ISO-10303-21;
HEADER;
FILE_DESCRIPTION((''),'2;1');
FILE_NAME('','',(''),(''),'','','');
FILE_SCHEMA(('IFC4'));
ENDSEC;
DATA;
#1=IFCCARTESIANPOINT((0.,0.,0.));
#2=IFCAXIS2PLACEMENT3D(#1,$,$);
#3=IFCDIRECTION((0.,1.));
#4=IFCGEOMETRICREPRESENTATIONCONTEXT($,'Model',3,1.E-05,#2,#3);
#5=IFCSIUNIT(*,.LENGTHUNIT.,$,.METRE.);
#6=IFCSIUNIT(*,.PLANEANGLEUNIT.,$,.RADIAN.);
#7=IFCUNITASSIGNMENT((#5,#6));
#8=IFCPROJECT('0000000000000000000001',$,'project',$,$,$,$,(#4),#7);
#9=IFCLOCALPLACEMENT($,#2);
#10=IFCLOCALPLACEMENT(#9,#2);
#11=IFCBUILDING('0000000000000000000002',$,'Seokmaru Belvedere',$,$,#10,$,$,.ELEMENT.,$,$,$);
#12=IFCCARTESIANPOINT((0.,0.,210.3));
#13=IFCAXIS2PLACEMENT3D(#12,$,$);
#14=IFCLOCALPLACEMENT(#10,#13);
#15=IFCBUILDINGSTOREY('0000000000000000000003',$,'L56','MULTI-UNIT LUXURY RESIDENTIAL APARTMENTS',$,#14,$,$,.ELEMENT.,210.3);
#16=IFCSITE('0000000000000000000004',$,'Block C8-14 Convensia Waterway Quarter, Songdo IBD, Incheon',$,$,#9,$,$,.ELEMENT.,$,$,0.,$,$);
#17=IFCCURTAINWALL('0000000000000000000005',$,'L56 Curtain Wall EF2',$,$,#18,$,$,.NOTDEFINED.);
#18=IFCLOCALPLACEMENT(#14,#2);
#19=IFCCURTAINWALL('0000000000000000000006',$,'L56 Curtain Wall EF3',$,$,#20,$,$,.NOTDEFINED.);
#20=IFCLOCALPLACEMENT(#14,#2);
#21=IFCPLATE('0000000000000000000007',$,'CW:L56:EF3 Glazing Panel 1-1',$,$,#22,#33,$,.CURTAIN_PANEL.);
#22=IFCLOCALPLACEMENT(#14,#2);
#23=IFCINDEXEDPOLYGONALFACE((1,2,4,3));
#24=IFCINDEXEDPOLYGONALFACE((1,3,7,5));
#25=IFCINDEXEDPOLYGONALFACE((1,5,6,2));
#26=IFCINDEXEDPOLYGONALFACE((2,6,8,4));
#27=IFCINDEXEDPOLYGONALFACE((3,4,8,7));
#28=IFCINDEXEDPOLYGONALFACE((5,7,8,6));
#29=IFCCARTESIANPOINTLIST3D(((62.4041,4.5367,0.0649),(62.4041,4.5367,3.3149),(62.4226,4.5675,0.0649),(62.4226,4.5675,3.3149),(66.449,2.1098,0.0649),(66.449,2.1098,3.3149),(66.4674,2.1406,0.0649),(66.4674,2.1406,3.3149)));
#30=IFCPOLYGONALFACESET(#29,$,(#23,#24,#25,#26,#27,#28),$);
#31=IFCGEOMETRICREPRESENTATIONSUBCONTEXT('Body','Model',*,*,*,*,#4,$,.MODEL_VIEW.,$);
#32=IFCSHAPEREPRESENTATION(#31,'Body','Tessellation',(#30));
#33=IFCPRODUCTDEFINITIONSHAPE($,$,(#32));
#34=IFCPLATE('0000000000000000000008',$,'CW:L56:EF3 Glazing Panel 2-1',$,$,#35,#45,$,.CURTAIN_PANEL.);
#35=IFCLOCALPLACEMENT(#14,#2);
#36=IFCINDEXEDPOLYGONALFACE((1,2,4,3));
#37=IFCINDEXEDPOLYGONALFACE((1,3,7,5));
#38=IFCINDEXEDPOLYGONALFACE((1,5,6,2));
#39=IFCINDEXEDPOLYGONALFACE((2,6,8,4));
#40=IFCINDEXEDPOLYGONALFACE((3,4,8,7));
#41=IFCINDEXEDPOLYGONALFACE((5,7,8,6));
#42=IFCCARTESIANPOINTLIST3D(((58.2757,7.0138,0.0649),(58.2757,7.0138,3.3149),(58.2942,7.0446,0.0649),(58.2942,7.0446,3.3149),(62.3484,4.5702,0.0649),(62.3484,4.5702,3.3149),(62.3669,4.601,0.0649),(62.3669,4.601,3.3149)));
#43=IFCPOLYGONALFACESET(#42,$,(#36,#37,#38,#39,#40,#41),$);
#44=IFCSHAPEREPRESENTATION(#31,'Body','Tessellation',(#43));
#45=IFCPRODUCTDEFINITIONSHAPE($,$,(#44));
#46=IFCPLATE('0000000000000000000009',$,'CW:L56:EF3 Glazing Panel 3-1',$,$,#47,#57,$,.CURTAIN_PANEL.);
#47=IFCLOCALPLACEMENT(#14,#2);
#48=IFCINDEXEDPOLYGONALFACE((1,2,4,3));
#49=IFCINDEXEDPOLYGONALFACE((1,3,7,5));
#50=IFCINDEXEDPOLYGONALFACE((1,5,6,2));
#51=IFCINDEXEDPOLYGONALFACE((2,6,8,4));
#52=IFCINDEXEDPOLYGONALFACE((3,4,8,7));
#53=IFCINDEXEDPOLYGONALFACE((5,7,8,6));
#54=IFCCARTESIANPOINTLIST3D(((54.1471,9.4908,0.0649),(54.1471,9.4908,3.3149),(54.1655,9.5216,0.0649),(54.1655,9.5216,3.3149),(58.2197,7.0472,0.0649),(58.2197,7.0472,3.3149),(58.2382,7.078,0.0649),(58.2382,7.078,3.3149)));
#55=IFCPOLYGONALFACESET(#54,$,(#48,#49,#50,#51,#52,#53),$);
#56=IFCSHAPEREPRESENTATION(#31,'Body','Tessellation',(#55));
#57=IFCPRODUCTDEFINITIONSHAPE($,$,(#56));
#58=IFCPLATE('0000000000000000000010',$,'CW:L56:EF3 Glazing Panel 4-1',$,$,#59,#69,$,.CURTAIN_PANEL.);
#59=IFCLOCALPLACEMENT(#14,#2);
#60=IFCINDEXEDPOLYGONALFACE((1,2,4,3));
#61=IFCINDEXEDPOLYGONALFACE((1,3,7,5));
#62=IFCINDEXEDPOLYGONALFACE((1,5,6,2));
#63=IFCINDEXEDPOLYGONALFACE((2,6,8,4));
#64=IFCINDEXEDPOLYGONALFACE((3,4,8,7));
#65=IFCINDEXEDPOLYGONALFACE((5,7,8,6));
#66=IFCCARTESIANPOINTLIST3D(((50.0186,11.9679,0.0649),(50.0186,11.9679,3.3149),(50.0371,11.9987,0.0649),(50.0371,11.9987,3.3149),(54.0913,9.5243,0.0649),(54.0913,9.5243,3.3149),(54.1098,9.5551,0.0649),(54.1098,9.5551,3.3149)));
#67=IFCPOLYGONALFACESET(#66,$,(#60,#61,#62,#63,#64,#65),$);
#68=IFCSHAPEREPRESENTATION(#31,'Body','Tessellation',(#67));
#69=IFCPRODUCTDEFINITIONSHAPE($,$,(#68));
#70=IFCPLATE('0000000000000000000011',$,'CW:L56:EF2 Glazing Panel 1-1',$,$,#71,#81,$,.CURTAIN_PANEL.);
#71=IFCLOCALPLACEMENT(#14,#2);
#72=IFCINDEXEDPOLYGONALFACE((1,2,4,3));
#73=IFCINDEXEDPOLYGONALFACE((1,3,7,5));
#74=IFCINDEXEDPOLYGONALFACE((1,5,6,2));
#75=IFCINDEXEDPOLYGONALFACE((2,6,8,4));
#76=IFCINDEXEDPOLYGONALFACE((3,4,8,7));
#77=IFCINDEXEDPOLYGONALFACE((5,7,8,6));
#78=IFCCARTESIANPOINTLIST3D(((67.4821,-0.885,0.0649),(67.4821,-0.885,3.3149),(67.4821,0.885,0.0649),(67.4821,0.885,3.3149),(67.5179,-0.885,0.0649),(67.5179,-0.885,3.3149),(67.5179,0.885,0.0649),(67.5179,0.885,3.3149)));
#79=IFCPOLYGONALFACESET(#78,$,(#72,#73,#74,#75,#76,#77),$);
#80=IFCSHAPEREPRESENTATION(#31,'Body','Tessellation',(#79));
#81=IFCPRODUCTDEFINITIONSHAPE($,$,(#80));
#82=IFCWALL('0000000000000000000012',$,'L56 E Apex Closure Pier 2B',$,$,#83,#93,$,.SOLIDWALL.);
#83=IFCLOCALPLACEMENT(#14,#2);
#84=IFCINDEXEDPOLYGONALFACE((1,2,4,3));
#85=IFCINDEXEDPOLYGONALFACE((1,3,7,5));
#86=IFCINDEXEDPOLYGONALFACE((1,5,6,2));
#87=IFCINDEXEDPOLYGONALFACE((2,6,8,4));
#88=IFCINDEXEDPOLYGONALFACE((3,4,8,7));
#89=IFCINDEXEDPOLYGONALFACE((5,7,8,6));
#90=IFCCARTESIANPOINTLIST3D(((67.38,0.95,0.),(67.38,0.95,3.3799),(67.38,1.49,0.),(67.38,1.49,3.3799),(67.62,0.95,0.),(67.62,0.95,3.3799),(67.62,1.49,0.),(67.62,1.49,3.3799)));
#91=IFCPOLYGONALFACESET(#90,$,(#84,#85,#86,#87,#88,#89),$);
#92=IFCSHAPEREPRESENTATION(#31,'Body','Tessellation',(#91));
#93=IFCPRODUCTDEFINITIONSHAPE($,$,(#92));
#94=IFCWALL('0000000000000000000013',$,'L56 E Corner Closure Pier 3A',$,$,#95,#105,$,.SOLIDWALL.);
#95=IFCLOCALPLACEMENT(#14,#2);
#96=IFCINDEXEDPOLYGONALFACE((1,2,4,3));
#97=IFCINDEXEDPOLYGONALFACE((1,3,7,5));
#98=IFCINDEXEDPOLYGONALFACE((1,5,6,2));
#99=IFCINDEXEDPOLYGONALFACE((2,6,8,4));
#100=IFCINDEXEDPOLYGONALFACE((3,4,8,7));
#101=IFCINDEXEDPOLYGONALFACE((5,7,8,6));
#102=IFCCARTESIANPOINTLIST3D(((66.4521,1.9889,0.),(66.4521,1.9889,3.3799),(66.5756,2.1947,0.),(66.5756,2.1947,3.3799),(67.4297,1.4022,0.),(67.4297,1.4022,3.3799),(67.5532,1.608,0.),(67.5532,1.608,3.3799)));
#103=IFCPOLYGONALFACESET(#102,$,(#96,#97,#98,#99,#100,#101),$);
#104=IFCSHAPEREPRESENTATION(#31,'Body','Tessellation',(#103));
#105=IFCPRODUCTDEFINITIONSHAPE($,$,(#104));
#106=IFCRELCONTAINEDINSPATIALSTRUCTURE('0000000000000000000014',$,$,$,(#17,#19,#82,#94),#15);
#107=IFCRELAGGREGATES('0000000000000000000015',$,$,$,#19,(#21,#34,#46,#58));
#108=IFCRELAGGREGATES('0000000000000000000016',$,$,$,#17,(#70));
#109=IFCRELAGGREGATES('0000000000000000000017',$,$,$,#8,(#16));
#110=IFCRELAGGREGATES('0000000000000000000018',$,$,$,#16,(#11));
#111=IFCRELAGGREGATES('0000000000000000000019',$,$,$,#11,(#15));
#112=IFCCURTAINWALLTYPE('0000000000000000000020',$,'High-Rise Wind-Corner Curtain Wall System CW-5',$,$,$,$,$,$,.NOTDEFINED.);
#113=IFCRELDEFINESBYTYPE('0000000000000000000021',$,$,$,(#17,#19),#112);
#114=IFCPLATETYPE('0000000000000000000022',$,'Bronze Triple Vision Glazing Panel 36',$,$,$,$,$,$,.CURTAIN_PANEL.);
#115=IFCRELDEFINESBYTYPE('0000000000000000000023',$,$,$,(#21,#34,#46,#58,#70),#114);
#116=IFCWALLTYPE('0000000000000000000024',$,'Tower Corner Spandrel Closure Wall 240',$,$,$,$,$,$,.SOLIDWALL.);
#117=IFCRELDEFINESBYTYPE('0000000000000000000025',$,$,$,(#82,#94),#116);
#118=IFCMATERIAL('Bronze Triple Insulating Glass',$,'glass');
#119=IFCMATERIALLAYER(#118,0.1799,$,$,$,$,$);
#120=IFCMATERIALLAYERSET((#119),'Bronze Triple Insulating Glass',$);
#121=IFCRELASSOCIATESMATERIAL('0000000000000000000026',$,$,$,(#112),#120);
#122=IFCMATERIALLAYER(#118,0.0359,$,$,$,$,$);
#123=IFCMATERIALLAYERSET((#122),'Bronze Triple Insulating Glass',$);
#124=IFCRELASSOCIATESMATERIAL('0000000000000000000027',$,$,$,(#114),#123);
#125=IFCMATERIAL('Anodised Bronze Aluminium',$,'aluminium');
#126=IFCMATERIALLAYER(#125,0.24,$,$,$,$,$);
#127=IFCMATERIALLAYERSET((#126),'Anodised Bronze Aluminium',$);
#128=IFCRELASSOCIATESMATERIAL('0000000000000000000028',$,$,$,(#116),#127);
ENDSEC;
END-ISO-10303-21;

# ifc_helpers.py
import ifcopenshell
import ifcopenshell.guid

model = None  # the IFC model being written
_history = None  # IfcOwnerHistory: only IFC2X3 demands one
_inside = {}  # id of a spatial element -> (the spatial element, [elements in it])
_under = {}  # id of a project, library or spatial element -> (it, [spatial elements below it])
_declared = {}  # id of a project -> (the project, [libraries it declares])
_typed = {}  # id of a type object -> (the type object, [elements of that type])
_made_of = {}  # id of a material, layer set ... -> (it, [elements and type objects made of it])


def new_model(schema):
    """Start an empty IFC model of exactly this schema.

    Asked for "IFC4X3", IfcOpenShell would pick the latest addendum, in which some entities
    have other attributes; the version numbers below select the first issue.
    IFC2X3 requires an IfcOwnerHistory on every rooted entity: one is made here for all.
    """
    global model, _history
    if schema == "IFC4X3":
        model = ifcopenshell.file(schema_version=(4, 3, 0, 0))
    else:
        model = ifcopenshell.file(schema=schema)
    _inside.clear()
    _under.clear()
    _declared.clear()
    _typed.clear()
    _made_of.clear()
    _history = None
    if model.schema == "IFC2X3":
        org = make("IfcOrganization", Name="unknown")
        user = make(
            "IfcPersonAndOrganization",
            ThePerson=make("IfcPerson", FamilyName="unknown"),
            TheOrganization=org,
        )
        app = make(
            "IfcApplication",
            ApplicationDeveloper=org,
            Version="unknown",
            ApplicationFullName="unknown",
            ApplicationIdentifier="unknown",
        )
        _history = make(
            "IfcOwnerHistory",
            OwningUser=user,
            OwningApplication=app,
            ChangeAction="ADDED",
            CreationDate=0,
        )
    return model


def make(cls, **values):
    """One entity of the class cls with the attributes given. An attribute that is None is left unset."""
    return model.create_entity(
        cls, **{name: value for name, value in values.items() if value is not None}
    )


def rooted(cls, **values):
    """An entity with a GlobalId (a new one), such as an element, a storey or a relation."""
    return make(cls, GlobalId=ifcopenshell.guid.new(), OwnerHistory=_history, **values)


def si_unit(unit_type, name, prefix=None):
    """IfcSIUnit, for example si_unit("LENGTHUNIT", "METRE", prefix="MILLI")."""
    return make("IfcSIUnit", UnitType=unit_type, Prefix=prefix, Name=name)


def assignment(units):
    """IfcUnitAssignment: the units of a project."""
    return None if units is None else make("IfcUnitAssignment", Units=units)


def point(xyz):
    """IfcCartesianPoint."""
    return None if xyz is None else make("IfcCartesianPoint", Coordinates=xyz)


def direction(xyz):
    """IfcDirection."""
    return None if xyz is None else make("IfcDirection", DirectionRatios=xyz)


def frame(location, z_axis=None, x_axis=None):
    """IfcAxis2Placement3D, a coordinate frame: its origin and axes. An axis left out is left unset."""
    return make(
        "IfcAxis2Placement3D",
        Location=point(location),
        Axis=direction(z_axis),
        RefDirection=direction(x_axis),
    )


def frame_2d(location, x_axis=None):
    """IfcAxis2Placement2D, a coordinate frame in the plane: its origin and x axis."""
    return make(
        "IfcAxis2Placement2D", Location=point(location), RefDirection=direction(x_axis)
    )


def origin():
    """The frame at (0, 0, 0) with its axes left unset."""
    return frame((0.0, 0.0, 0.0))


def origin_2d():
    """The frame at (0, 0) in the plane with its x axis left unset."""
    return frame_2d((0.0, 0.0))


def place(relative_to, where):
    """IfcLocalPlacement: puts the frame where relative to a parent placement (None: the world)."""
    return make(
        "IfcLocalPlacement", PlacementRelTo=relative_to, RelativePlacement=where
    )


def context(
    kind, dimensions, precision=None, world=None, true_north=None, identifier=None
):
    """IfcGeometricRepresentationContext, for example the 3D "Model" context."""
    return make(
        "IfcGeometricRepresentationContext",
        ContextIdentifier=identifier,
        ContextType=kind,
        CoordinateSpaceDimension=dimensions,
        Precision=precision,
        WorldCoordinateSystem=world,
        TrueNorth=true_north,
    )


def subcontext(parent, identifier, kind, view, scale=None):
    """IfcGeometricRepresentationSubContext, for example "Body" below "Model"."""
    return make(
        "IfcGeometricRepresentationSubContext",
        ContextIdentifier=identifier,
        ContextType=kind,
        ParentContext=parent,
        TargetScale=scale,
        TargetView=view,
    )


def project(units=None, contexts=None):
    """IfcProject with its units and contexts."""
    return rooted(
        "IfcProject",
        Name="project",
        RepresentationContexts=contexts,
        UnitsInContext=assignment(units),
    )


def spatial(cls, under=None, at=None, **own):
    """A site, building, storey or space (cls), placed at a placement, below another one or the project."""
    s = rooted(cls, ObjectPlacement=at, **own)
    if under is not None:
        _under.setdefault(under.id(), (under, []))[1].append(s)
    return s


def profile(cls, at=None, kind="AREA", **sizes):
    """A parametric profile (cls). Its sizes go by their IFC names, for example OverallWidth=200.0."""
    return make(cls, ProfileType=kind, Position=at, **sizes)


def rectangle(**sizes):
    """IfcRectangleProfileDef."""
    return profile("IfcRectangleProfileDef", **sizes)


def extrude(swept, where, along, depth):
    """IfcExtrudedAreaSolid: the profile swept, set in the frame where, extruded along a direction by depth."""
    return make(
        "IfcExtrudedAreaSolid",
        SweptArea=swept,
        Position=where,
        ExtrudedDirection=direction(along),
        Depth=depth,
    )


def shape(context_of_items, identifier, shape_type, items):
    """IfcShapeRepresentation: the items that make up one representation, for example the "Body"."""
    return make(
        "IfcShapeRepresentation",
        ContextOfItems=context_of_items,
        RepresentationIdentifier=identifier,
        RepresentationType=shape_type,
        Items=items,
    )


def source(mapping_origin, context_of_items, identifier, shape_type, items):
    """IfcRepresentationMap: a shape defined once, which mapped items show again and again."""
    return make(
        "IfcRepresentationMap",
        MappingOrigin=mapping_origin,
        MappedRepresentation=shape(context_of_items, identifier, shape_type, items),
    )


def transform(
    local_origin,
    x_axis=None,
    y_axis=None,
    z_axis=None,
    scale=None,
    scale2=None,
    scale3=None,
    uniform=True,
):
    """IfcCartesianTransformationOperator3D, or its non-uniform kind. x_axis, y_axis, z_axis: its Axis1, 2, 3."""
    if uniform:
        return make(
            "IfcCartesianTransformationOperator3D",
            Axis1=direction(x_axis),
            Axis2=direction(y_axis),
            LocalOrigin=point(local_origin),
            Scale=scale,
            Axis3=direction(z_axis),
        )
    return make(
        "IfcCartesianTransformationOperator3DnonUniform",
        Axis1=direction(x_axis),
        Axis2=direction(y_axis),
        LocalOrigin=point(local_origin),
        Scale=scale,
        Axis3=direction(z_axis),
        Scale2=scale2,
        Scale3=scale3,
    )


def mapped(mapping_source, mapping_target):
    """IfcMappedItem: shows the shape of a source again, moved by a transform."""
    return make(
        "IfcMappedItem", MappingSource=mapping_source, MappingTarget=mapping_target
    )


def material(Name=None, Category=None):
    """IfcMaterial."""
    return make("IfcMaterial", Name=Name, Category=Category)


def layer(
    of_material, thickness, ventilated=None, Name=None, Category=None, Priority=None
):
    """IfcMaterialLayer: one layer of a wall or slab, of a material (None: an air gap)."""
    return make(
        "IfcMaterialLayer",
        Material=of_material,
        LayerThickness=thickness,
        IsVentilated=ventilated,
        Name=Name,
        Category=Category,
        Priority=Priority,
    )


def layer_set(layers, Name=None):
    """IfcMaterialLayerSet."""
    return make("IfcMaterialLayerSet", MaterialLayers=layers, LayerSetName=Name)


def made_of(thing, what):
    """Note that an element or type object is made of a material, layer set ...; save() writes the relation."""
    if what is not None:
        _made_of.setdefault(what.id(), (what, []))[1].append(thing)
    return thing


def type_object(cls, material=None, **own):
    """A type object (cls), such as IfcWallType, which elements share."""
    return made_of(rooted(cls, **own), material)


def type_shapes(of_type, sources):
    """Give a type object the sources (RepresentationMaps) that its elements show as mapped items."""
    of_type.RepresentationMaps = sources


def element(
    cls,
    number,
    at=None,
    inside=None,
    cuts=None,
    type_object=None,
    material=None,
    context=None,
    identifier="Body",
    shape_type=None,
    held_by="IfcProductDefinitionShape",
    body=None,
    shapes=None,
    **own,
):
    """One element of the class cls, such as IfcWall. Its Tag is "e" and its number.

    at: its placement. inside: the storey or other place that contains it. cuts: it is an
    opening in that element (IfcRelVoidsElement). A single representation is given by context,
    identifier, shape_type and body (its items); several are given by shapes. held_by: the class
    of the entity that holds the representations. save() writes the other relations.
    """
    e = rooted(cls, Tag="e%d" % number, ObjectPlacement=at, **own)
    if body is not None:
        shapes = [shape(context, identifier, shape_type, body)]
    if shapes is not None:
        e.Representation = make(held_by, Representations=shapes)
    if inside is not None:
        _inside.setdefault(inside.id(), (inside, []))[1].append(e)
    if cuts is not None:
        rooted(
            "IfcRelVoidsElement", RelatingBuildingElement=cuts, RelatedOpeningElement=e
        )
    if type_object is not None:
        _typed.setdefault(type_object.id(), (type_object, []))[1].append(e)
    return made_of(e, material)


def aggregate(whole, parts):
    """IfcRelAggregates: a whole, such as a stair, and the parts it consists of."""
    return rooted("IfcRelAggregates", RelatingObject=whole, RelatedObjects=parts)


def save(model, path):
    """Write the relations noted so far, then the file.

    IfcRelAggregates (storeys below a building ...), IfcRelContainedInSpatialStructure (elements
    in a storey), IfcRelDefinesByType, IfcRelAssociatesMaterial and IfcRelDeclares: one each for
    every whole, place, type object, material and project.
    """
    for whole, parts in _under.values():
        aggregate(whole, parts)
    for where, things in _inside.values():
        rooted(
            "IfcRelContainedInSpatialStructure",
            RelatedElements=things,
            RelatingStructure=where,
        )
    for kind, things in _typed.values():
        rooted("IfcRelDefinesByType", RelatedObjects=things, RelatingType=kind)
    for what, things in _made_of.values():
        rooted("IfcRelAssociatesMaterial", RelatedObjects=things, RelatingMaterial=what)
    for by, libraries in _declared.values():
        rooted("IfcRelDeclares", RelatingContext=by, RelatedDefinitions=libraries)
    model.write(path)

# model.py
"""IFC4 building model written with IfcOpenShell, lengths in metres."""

from ifc_helpers import new_model, si_unit, direction, frame, frame_2d, origin, origin_2d, place, context, subcontext, project, spatial, rectangle, extrude, source, transform, mapped, material, layer, layer_set, type_object, type_shapes, element, aggregate, save


model = new_model("IFC4")

# Units and contexts
model_context = context("Model", 3, precision=1e-05, world=origin(), true_north=direction((0.0, 1.0)))
body_context = subcontext(model_context, "Body", "Model", "MODEL_VIEW")
ifc_project = project(units=[si_unit("LENGTHUNIT", "METRE"), si_unit("PLANEANGLEUNIT", "RADIAN")], contexts=[model_context])

# Site, building, storey
site_placement = place(None, origin())
site = spatial("IfcSite", under=ifc_project, at=site_placement, Name="Block C8-14 Convensia Waterway Quarter, Songdo IBD, Incheon", CompositionType="ELEMENT", RefElevation=0.0)
building_placement = place(site_placement, origin())
building = spatial("IfcBuilding", under=site, at=building_placement, Name="Seokmaru Belvedere", CompositionType="ELEMENT")
storey_placement = place(building_placement, frame((0.0, 0.0, 210.3)))
storey = spatial("IfcBuildingStorey", under=building, at=storey_placement, Name="L56", Description="MULTI-UNIT LUXURY RESIDENTIAL APARTMENTS", CompositionType="ELEMENT", Elevation=210.3)

# Curtain walls
ifc_material_1 = material(Name="Bronze Triple Insulating Glass", Category="glass")
ifc_layer_1 = layer(ifc_material_1, 0.1799)
ifc_layer_set_1 = layer_set([ifc_layer_1], Name="Bronze Triple Insulating Glass")
curtain_wall_type = type_object("IfcCurtainWallType", Name="High-Rise Wind-Corner Curtain Wall System CW-5", PredefinedType="NOTDEFINED", material=ifc_layer_set_1)
curtain_wall_1_placement = place(storey_placement, origin())
curtain_wall_1 = element("IfcCurtainWall", 1, at=curtain_wall_1_placement, inside=storey, type_object=curtain_wall_type, Name="L56 Curtain Wall EF2", PredefinedType="NOTDEFINED")
ifc_material_2 = material(Name="Anodised Bronze Aluminium", Category="aluminium")
curtain_wall_2_placement = place(storey_placement, origin())
curtain_wall_2 = element("IfcCurtainWall", 2, at=curtain_wall_2_placement, inside=storey, type_object=curtain_wall_type, Name="L56 Curtain Wall EF3", PredefinedType="NOTDEFINED")

# Plates
ifc_layer_2 = layer(ifc_material_1, 0.0359)
ifc_layer_set_2 = layer_set([ifc_layer_2], Name="Bronze Triple Insulating Glass")
plate_type = type_object("IfcPlateType", Name="Bronze Triple Vision Glazing Panel 36", PredefinedType="CURTAIN_PANEL", material=ifc_layer_set_2)
shared_shape_1 = source(origin(), body_context, "Body", "SweptSolid", [
    extrude(rectangle(XDim=4.717, YDim=0.0359, at=origin_2d()), origin(), (0.0, 0.0, 1.0), 3.25),
])
plate_1_placement = place(storey_placement, frame((64.4358, 3.3386, 0.0649), z_axis=(0.0, 0.0, 1.0), x_axis=(-0.857493, 0.514495, 0.0)))
plate_1 = element("IfcPlate", 3, at=plate_1_placement, type_object=plate_type, Name="CW:L56:EF3 Glazing Panel 1-1", PredefinedType="CURTAIN_PANEL", context=body_context, shape_type="MappedRepresentation", body=[
    mapped(shared_shape_1, transform((0.0, 0.0, 0.0), scale=1.0)),
])
shared_shape_2 = source(origin(), body_context, "Body", "SweptSolid", [
    extrude(rectangle(XDim=4.7495, YDim=0.0359, at=origin_2d()), origin(), (0.0, 0.0, 1.0), 3.25),
])
plate_2_placement = place(storey_placement, frame((60.3213, 5.8074, 0.0649), z_axis=(0.0, 0.0, 1.0), x_axis=(-0.857493, 0.514495, 0.0)))
plate_2 = element("IfcPlate", 4, at=plate_2_placement, type_object=plate_type, Name="CW:L56:EF3 Glazing Panel 2-1", PredefinedType="CURTAIN_PANEL", context=body_context, shape_type="MappedRepresentation", body=[
    mapped(shared_shape_2, transform((0.0, 0.0, 0.0), scale=1.0)),
])
plate_3_placement = place(storey_placement, frame((56.1926, 8.2844, 0.0649), z_axis=(0.0, 0.0, 1.0), x_axis=(-0.857493, 0.514495, 0.0)))
plate_3 = element("IfcPlate", 5, at=plate_3_placement, type_object=plate_type, Name="CW:L56:EF3 Glazing Panel 3-1", PredefinedType="CURTAIN_PANEL", context=body_context, shape_type="MappedRepresentation", body=[
    mapped(shared_shape_2, transform((0.0, 0.0, 0.0), scale=1.0)),
])
plate_4_placement = place(storey_placement, frame((52.0642, 10.7615, 0.0649), z_axis=(0.0, 0.0, 1.0), x_axis=(-0.857493, 0.514495, 0.0)))
plate_4 = element("IfcPlate", 6, at=plate_4_placement, type_object=plate_type, Name="CW:L56:EF3 Glazing Panel 4-1", PredefinedType="CURTAIN_PANEL", context=body_context, shape_type="MappedRepresentation", body=[
    mapped(shared_shape_2, transform((0.0, 0.0, 0.0), scale=1.0)),
])
aggregate(curtain_wall_2, [plate_1, plate_2, plate_3, plate_4])
shared_shape_3 = source(origin(), body_context, "Body", "SweptSolid", [
    extrude(rectangle(XDim=1.77, YDim=0.0359, at=origin_2d()), origin(), (0.0, 0.0, 1.0), 3.25),
])
type_shapes(plate_type, [shared_shape_1, shared_shape_2, shared_shape_3])
plate_5_placement = place(storey_placement, frame((67.5, 0.0, 0.0649), z_axis=(0.0, 0.0, 1.0), x_axis=(0.0, 1.0, 0.0)))
plate_5 = element("IfcPlate", 7, at=plate_5_placement, type_object=plate_type, Name="CW:L56:EF2 Glazing Panel 1-1", PredefinedType="CURTAIN_PANEL", context=body_context, shape_type="MappedRepresentation", body=[
    mapped(shared_shape_3, transform((0.0, 0.0, 0.0), scale=1.0)),
])
aggregate(curtain_wall_1, [plate_5])

# Walls
ifc_layer_3 = layer(ifc_material_2, 0.24)
ifc_layer_set_3 = layer_set([ifc_layer_3], Name="Anodised Bronze Aluminium")
wall_type = type_object("IfcWallType", Name="Tower Corner Spandrel Closure Wall 240", PredefinedType="SOLIDWALL", material=ifc_layer_set_3)
wall_1_placement = place(storey_placement, frame((67.5, 0.95, 0.0), z_axis=(0.0, 0.0, 1.0), x_axis=(0.0, 1.0, 0.0)))
element("IfcWall", 8, at=wall_1_placement, inside=storey, type_object=wall_type, Name="L56 E Apex Closure Pier 2B", PredefinedType="SOLIDWALL", context=body_context, shape_type="SweptSolid", body=[
    extrude(rectangle(XDim=0.54, YDim=0.24, at=frame_2d((0.27, 0.0))), origin(), (0.0, 0.0, 1.0), 3.3799),
])
wall_2_placement = place(storey_placement, frame((67.4915, 1.5051, 0.0), z_axis=(0.0, 0.0, 1.0), x_axis=(-0.857436, 0.51459, 0.0)))
element("IfcWall", 9, at=wall_2_placement, inside=storey, type_object=wall_type, Name="L56 E Corner Closure Pier 3A", PredefinedType="SOLIDWALL", context=body_context, shape_type="SweptSolid", body=[
    extrude(rectangle(XDim=1.1401, YDim=0.24, at=frame_2d((0.5701, 0.0))), origin(), (0.0, 0.0, 1.0), 3.3799),
])

save(model, "model.ifc")
